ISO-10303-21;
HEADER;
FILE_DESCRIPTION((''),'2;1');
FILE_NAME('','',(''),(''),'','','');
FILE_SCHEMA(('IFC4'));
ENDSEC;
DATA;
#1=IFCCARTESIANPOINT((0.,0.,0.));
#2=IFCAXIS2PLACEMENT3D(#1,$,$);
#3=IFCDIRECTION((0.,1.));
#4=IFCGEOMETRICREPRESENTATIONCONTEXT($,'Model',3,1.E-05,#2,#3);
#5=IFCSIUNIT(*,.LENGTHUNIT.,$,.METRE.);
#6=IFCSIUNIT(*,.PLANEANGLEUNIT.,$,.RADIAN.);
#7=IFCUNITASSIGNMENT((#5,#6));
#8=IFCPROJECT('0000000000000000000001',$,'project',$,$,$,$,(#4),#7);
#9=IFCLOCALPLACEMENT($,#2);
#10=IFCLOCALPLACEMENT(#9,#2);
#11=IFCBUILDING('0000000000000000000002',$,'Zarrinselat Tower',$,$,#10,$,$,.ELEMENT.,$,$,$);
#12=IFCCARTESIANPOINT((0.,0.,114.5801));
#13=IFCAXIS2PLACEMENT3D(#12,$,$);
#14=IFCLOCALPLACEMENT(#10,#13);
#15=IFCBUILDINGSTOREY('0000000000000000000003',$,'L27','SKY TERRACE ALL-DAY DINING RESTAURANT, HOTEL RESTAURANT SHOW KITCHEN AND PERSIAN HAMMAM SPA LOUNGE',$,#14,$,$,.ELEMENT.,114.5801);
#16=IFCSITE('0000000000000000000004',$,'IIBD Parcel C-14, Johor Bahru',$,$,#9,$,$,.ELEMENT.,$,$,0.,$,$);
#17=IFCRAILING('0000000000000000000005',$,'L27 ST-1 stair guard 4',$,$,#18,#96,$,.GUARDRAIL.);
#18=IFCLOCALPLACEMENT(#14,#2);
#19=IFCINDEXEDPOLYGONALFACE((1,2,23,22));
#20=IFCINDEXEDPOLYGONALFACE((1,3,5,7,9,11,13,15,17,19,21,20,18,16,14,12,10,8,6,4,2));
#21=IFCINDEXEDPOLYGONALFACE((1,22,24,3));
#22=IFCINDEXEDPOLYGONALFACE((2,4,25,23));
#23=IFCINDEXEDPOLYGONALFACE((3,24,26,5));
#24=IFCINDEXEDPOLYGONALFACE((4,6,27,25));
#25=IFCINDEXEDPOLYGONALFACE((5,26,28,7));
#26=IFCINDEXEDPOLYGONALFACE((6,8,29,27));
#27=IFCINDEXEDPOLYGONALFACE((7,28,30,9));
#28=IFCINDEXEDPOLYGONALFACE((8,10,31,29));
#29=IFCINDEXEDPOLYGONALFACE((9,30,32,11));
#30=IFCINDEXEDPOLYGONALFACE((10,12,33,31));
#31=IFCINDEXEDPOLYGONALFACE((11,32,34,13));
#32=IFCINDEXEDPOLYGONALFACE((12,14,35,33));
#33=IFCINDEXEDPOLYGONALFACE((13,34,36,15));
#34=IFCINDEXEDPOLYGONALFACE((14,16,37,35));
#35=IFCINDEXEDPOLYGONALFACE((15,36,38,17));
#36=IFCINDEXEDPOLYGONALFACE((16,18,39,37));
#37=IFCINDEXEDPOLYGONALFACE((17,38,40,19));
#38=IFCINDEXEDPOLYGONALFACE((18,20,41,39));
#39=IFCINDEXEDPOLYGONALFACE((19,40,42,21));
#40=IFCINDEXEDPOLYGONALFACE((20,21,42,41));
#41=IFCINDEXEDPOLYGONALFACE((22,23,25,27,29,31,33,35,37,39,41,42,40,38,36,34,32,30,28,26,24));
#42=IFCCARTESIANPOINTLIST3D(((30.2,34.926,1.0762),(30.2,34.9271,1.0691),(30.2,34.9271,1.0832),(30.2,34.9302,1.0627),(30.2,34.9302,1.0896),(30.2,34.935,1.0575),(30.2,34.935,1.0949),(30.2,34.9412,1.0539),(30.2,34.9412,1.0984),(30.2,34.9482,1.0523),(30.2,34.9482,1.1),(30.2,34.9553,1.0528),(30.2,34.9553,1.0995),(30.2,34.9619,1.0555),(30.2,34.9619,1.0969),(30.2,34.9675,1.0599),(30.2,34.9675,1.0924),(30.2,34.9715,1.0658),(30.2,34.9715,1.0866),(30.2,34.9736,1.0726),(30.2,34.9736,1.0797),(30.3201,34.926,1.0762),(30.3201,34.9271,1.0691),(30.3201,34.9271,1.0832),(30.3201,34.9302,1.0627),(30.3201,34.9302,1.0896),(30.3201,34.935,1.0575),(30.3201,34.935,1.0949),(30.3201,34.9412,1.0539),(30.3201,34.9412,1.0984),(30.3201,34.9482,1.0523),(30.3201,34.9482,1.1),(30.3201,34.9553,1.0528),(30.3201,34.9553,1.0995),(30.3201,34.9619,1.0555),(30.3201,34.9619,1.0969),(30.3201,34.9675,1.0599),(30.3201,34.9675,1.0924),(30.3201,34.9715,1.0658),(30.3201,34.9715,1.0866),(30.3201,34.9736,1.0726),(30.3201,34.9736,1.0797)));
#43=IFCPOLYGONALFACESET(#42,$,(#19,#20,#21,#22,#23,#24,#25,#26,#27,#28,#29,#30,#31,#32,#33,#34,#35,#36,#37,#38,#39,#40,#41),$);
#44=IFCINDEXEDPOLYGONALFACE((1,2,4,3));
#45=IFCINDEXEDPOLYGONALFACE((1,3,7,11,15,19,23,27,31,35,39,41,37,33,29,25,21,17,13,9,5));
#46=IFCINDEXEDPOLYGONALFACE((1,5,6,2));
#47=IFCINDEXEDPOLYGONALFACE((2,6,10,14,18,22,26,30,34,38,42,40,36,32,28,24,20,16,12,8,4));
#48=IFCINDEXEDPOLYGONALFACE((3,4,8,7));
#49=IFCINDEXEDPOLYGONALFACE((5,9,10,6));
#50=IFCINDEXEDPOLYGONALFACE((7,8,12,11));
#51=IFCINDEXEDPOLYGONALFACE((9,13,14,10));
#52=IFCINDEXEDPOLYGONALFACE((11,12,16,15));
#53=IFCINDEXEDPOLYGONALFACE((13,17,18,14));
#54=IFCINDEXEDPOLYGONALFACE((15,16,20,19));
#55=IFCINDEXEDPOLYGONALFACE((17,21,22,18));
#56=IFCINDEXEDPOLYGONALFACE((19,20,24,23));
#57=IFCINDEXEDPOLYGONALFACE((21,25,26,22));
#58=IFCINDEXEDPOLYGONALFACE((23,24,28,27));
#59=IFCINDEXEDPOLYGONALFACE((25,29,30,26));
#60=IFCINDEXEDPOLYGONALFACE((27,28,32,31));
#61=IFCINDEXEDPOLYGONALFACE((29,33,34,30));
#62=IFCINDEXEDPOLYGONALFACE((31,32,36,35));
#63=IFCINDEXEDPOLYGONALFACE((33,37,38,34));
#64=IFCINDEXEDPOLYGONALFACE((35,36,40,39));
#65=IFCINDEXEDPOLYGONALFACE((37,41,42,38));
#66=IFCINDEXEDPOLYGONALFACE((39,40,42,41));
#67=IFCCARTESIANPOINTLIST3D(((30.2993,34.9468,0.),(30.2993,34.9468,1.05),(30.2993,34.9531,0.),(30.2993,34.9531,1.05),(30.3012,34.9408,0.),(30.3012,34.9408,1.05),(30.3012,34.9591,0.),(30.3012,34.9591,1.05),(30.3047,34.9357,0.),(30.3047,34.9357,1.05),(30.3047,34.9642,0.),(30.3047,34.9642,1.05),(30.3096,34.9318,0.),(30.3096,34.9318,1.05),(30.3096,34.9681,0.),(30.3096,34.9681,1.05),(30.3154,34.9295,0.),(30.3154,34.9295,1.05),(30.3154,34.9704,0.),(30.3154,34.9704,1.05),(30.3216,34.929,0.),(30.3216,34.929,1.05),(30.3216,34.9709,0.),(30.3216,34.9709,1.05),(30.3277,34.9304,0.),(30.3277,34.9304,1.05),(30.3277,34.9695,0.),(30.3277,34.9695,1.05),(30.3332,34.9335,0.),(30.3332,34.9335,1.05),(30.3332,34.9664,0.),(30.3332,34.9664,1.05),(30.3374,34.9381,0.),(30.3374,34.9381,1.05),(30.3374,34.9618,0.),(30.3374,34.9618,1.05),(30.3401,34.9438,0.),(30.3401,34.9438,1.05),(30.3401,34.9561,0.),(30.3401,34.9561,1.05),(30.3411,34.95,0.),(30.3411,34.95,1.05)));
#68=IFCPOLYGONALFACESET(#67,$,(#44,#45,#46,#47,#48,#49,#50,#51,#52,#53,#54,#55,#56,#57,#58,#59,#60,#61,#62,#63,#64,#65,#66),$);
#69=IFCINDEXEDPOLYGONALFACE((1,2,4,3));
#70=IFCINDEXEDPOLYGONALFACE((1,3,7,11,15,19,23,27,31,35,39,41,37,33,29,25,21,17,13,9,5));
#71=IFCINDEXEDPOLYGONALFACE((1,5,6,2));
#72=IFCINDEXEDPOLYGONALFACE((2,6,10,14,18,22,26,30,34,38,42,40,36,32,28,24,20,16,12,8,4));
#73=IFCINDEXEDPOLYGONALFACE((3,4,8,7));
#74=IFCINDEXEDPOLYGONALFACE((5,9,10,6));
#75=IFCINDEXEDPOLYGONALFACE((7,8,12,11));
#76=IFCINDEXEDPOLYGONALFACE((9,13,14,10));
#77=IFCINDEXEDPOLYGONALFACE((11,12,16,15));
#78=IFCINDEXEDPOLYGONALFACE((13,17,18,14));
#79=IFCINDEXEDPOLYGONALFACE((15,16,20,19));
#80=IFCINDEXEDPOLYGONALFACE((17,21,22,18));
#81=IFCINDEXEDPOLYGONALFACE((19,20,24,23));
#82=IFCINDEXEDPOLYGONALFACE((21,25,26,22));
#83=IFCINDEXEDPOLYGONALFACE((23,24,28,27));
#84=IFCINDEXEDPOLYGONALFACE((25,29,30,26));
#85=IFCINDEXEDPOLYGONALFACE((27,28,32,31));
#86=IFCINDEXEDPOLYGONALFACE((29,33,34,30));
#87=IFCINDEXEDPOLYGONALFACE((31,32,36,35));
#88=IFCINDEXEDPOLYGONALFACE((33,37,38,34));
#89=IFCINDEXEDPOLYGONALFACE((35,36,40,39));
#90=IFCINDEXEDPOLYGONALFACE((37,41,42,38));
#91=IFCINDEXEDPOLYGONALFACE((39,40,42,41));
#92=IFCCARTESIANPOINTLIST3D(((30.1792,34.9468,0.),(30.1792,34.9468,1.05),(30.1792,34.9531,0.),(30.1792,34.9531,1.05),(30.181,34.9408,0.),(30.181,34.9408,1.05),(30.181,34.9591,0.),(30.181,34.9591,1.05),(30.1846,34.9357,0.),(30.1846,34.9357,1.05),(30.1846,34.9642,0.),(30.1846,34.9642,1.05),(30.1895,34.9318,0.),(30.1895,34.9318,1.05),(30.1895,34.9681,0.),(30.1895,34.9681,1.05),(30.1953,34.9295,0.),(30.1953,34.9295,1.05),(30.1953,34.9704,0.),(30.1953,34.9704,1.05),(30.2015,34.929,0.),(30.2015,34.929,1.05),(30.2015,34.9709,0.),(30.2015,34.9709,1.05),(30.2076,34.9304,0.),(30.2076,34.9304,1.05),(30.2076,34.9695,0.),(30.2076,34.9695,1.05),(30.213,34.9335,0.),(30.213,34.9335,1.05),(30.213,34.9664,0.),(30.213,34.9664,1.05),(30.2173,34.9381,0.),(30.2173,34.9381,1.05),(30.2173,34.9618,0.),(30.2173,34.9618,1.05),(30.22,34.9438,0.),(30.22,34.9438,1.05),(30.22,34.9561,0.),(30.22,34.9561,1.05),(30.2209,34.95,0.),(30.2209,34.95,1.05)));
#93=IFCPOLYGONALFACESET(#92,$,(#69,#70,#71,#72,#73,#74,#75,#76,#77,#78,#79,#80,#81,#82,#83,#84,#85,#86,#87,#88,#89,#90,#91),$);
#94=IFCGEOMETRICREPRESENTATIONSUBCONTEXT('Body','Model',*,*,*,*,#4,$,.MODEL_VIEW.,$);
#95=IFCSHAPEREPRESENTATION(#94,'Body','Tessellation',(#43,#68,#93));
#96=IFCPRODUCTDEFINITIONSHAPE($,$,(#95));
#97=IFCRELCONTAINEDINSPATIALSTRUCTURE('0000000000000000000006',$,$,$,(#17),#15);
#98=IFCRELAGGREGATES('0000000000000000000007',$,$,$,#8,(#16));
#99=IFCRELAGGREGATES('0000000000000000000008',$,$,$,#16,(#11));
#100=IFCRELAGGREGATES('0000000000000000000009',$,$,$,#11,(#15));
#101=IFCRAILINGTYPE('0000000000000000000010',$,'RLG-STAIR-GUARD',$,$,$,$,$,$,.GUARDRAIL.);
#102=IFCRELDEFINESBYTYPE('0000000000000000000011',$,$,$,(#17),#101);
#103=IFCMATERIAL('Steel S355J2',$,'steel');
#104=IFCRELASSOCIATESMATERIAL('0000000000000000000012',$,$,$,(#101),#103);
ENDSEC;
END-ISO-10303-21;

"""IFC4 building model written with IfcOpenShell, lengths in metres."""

from ifc_helpers import new_model, si_unit, direction, frame, origin, origin_2d, place, context, subcontext, project, spatial, circle, extrude, material, type_object, element, save


model = new_model("IFC4")

# Units and contexts
model_context = context("Model", 3, precision=1e-05, world=origin(), true_north=direction((0.0, 1.0)))
body_context = subcontext(model_context, "Body", "Model", "MODEL_VIEW")
ifc_project = project(units=[si_unit("LENGTHUNIT", "METRE"), si_unit("PLANEANGLEUNIT", "RADIAN")], contexts=[model_context])

# Site, building, storey
site_placement = place(None, origin())
site = spatial("IfcSite", under=ifc_project, at=site_placement, Name="IIBD Parcel C-14, Johor Bahru", CompositionType="ELEMENT", RefElevation=0.0)
building_placement = place(site_placement, origin())
building = spatial("IfcBuilding", under=site, at=building_placement, Name="Zarrinselat Tower", CompositionType="ELEMENT")
storey_placement = place(building_placement, frame((0.0, 0.0, 114.5801)))
storey = spatial("IfcBuildingStorey", under=building, at=storey_placement, Name="L27", Description="SKY TERRACE ALL-DAY DINING RESTAURANT, HOTEL RESTAURANT SHOW KITCHEN AND PERSIAN HAMMAM SPA LOUNGE", CompositionType="ELEMENT", Elevation=114.5801)

# Railing
ifc_material_1 = material(Name="Steel S355J2", Category="steel")
railing_type_1 = type_object("IfcRailingType", Name="RLG-STAIR-GUARD", PredefinedType="GUARDRAIL", material=ifc_material_1)
railing_1_placement = place(storey_placement, frame((30.3201, 34.95, 0.0)))
element("IfcRailing", 1, at=railing_1_placement, inside=storey, type_object=railing_type_1, Name="L27 ST-1 stair guard 4", PredefinedType="GUARDRAIL", context=body_context, shape_type="SweptSolid", body=[
    extrude(circle(Radius=0.0239, at=origin_2d()), frame((0.0, 0.0, 1.0762), z_axis=(-1.0, 0.0, 0.0), x_axis=(0.0, -1.0, 0.0)), (0.0, 0.0, 1.0), 0.1201),
    extrude(circle(Radius=0.021, at=origin_2d()), origin(), (0.0, 0.0, 1.0), 1.05),
    extrude(circle(Radius=0.021, at=origin_2d()), frame((-0.1201, 0.0, 0.0)), (0.0, 0.0, 1.0), 1.05),
])

save(model, "model.ifc")
